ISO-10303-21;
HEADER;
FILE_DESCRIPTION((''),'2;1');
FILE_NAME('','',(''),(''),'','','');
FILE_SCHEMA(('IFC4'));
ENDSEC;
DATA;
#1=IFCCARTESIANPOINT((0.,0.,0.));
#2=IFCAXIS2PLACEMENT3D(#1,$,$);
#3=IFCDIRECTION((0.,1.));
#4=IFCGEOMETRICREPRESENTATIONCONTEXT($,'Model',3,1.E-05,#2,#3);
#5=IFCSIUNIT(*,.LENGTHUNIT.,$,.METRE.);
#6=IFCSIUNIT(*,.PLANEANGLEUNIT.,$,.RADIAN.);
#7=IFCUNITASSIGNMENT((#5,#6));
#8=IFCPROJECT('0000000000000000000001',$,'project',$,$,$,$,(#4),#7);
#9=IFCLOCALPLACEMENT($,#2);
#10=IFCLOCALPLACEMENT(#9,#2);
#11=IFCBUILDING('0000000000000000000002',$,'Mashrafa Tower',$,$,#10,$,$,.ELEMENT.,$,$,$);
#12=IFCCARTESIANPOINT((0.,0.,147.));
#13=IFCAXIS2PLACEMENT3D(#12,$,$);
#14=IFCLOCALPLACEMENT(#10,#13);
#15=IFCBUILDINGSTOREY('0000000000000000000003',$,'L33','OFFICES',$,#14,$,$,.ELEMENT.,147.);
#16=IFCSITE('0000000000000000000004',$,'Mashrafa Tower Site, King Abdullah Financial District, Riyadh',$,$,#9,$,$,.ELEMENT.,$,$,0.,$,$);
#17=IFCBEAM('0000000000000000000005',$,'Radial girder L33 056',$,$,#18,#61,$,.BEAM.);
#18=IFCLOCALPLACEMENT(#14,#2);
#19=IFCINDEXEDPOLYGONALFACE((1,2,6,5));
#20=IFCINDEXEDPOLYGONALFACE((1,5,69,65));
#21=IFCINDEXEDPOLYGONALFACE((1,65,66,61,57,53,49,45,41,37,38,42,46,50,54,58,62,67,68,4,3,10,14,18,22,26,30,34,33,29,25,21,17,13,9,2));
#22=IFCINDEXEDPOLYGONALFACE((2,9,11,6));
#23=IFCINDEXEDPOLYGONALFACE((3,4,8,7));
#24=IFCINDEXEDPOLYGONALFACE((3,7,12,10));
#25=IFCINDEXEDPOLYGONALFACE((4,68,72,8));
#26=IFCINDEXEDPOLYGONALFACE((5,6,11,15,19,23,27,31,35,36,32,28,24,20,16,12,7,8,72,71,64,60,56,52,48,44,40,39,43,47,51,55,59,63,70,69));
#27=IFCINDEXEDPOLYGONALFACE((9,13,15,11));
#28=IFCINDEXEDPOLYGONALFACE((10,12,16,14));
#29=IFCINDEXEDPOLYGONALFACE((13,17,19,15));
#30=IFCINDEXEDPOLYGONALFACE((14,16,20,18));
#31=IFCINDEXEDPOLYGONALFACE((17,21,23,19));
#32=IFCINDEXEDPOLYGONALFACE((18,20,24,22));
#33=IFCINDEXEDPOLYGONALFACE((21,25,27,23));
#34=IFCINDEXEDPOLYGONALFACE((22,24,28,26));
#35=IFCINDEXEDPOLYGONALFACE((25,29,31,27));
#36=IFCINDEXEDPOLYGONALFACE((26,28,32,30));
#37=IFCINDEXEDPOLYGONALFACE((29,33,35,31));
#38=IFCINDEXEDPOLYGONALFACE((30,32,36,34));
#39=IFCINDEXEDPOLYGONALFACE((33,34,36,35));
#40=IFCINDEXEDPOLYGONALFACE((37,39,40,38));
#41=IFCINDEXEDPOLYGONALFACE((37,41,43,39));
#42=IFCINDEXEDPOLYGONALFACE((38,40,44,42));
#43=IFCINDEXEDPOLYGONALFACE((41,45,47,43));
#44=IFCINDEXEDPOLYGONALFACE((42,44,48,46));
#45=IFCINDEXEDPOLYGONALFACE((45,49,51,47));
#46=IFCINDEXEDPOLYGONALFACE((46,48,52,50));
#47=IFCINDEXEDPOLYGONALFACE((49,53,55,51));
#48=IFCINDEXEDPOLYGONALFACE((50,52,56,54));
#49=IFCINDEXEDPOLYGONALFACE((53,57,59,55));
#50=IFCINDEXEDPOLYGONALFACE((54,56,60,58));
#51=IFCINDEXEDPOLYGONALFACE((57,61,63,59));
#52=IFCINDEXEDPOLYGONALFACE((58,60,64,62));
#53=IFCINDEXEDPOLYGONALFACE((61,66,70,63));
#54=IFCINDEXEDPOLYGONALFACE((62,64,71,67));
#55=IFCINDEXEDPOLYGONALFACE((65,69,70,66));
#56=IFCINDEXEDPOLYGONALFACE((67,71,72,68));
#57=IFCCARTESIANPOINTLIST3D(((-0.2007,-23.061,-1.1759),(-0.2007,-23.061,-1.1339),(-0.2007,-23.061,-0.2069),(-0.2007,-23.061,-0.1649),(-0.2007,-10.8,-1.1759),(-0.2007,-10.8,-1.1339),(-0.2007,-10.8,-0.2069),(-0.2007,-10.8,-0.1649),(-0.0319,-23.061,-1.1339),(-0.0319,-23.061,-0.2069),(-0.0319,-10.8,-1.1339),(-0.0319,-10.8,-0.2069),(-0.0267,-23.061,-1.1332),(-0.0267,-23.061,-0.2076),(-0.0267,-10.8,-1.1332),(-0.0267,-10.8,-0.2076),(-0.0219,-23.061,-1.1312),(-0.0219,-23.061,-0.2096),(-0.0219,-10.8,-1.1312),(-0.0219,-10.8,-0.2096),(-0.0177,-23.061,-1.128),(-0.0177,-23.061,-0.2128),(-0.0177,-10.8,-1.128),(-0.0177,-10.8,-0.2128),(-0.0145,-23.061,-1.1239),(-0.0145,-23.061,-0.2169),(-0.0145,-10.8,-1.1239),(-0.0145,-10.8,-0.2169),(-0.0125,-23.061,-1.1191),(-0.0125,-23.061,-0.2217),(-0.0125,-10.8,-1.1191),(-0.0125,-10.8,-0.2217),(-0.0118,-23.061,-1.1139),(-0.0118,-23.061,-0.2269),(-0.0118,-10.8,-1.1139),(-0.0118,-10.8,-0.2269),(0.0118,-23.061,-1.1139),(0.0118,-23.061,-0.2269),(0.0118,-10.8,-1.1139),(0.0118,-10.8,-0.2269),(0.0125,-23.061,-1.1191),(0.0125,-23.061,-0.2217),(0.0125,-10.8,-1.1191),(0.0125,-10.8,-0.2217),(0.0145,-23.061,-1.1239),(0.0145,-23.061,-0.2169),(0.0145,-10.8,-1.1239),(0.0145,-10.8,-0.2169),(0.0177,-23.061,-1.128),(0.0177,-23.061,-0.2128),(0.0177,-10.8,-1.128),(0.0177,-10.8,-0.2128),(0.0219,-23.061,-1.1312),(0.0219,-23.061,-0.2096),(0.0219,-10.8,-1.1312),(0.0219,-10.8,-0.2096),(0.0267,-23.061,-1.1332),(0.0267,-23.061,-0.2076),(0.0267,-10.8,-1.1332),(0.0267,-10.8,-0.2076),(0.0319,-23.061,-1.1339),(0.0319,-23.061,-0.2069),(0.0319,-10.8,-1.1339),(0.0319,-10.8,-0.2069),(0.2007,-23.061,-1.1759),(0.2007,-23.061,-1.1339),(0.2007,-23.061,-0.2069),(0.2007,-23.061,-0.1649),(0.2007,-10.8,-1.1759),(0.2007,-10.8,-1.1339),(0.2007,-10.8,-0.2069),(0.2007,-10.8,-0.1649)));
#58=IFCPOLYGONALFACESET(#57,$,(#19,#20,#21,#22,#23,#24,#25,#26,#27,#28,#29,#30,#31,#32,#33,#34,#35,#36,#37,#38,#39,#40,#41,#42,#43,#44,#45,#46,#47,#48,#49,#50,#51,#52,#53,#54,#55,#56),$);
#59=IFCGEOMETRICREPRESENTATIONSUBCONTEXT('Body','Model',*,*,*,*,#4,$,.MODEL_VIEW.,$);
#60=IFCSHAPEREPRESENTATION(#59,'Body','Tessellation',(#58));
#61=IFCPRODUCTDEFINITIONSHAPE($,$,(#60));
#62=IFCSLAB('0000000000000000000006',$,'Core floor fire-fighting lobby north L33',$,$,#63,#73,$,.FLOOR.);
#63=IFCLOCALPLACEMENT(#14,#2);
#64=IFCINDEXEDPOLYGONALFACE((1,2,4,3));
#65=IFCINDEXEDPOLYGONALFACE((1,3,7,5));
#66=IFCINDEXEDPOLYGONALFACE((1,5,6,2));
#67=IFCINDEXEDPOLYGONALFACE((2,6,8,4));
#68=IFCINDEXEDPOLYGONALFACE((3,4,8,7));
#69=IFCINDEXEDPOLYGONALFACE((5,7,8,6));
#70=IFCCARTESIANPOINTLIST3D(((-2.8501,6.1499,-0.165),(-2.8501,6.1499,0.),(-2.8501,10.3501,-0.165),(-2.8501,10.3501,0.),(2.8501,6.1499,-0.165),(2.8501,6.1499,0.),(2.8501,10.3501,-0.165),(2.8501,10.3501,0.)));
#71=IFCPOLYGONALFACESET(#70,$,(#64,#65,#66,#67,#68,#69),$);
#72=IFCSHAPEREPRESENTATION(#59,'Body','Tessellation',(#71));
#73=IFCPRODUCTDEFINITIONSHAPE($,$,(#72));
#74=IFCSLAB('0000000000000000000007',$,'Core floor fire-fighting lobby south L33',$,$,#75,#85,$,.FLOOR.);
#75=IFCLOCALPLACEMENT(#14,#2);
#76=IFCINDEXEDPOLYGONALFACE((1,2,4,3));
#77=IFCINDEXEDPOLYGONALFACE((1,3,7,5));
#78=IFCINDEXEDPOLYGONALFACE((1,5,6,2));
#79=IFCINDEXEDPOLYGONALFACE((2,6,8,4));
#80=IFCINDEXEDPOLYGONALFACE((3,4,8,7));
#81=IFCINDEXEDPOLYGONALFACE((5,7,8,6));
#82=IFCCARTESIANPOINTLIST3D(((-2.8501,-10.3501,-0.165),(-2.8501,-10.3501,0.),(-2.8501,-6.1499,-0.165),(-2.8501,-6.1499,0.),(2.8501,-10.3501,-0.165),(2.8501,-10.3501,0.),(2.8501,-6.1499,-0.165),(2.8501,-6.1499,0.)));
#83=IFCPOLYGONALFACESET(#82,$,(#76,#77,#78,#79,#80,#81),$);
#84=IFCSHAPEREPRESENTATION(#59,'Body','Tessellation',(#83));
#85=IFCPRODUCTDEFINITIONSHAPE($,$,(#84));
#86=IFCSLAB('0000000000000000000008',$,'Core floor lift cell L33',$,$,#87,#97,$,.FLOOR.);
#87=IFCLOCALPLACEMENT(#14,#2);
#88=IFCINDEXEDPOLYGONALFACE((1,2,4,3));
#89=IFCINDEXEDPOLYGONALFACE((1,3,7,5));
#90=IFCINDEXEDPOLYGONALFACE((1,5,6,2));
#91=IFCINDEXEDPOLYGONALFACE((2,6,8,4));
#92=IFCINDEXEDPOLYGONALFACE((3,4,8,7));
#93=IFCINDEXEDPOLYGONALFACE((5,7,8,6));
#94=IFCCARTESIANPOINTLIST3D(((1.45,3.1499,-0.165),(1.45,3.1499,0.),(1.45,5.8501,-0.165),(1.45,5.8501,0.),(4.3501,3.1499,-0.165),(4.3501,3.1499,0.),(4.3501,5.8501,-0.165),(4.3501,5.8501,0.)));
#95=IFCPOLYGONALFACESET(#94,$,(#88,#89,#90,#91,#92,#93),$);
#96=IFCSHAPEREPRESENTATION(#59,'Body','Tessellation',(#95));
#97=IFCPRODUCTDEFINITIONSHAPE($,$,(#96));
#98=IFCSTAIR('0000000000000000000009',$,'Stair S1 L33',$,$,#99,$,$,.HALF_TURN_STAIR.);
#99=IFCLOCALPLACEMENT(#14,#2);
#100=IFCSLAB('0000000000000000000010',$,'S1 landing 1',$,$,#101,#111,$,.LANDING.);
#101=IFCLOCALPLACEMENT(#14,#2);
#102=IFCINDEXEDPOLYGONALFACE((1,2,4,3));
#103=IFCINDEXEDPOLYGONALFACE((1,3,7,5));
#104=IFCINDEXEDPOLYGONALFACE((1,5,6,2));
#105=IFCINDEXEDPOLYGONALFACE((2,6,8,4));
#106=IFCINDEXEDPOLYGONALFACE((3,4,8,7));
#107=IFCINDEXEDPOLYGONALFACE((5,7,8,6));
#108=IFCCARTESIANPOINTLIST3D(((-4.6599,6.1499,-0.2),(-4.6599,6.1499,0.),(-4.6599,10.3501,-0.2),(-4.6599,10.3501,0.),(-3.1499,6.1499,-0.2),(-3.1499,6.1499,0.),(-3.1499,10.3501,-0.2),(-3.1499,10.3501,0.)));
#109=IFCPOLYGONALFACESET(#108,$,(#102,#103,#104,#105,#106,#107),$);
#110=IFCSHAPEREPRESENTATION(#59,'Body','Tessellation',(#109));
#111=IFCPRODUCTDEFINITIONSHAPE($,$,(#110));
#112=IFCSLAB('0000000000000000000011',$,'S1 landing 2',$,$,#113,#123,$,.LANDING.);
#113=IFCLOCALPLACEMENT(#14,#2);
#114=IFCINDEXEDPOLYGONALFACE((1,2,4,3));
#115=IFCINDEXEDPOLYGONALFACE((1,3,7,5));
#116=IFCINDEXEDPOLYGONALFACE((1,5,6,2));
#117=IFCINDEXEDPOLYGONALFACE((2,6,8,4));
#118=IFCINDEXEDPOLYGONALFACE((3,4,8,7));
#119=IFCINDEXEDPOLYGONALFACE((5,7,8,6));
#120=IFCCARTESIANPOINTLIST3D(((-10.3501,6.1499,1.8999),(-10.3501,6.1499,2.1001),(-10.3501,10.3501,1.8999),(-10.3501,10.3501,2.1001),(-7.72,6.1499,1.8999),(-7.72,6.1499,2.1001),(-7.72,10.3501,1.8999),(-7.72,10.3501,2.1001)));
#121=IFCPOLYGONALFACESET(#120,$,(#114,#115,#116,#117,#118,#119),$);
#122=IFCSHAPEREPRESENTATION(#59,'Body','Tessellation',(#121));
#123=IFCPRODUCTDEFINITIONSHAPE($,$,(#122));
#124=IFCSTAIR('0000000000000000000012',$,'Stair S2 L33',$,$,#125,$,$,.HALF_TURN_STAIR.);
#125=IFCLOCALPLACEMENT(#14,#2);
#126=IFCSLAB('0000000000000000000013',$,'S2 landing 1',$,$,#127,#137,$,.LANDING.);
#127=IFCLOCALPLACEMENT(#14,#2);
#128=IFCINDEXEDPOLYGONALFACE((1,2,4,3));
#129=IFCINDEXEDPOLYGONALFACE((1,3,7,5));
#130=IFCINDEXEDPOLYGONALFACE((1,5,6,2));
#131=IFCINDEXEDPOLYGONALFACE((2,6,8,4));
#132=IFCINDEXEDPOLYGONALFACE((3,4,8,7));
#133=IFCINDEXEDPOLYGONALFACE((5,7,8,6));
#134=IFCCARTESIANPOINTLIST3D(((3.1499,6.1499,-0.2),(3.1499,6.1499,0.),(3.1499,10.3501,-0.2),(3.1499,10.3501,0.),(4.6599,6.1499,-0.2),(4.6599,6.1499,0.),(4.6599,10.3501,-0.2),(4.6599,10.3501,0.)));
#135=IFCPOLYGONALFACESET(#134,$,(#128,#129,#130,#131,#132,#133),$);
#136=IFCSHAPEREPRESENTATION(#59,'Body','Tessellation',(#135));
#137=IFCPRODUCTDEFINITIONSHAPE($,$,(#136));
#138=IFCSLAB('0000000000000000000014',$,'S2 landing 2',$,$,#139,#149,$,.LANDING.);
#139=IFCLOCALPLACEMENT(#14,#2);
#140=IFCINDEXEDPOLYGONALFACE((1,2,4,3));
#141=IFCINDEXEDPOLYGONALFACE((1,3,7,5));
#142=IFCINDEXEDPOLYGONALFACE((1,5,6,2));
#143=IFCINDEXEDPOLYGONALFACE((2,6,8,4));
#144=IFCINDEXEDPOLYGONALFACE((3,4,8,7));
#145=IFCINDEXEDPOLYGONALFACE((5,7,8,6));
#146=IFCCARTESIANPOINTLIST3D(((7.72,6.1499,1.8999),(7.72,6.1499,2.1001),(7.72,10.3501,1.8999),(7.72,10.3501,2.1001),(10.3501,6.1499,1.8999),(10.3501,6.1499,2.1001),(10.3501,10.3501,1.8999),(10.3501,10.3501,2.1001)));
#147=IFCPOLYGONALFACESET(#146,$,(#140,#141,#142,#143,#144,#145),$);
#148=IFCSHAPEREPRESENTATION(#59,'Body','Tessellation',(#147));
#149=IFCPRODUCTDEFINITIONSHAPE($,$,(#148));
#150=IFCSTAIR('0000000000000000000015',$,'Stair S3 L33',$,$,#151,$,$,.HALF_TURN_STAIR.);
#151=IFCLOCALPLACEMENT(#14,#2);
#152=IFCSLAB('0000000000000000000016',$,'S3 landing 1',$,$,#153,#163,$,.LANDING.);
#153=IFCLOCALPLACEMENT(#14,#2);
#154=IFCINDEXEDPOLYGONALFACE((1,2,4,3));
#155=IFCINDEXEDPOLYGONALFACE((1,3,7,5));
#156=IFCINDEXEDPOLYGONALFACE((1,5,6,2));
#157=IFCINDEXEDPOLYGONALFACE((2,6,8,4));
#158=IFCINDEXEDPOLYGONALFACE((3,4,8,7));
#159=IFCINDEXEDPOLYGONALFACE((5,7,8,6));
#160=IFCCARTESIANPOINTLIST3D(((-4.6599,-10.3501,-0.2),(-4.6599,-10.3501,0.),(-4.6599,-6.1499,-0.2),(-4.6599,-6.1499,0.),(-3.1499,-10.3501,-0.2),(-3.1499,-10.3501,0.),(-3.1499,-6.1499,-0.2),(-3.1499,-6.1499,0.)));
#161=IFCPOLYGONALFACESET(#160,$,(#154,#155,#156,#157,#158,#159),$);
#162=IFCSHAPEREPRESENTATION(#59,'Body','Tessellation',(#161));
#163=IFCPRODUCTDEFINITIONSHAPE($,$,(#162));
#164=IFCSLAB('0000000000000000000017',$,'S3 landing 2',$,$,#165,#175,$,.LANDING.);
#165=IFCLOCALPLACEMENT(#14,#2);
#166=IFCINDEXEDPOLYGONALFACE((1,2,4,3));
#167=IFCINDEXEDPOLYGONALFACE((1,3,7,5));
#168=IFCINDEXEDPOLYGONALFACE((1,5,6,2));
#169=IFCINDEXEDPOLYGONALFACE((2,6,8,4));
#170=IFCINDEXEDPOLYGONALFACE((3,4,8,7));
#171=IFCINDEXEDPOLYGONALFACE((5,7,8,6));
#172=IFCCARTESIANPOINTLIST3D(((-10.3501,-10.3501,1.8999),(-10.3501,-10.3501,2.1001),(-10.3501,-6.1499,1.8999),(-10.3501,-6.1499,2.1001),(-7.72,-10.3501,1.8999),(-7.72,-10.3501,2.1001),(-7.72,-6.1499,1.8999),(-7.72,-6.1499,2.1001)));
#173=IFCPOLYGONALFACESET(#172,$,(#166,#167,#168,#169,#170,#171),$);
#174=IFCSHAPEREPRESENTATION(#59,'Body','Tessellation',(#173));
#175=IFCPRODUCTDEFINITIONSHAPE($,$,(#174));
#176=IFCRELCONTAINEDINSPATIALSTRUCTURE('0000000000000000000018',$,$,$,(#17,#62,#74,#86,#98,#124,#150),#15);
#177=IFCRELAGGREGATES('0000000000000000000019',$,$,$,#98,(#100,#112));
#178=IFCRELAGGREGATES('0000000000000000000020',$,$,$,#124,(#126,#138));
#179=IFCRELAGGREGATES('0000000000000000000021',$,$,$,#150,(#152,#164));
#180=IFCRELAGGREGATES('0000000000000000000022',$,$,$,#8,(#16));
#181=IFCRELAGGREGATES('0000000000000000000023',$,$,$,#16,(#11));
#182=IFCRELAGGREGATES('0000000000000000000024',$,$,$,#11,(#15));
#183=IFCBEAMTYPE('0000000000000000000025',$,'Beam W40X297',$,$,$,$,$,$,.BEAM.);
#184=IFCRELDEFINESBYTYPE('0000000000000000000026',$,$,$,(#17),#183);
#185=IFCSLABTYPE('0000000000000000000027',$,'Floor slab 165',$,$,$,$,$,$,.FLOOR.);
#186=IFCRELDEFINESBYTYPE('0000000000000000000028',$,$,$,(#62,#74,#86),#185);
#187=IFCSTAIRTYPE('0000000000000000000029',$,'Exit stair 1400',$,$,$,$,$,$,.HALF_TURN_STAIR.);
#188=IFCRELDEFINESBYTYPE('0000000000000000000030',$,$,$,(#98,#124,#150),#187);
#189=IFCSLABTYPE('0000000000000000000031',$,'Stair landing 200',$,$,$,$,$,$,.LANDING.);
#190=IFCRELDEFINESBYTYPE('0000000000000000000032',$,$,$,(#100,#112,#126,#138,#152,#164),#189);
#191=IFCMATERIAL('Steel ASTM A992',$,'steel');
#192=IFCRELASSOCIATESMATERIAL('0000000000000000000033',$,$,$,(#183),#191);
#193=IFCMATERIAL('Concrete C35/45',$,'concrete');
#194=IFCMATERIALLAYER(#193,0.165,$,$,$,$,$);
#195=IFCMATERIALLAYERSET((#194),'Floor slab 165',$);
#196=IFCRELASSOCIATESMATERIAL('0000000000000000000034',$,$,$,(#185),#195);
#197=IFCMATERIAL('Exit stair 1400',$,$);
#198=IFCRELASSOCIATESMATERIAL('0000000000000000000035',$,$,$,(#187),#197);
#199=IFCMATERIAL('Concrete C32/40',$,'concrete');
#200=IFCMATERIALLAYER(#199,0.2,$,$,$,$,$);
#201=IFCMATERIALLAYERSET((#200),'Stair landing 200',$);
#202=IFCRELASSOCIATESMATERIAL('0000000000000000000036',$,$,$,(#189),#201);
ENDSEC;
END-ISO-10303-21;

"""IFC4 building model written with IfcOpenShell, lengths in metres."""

from ifc_helpers import new_model, si_unit, direction, frame, origin, origin_2d, place, context, subcontext, project, spatial, polyline, i_section, outline, extrude, material, layer, layer_set, material_profile, profile_set, type_object, element, aggregate, save


model = new_model("IFC4")

# Units and contexts
model_context = context("Model", 3, precision=1e-05, world=origin(), true_north=direction((0.0, 1.0)))
body_context = subcontext(model_context, "Body", "Model", "MODEL_VIEW")
ifc_project = project(units=[si_unit("LENGTHUNIT", "METRE"), si_unit("PLANEANGLEUNIT", "RADIAN")], contexts=[model_context])

# Site, building, storey
site_placement = place(None, origin())
site = spatial("IfcSite", under=ifc_project, at=site_placement, Name="Mashrafa Tower Site, King Abdullah Financial District, Riyadh", CompositionType="ELEMENT", RefElevation=0.0)
building_placement = place(site_placement, origin())
building = spatial("IfcBuilding", under=site, at=building_placement, Name="Mashrafa Tower", CompositionType="ELEMENT")
storey_placement = place(building_placement, frame((0.0, 0.0, 147.0)))
storey = spatial("IfcBuildingStorey", under=building, at=storey_placement, Name="L33", Description="OFFICES", CompositionType="ELEMENT", Elevation=147.0)

# Beam
ifc_material_1 = material(Name="Steel ASTM A992", Category="steel")
ifc_material_profile = material_profile(ifc_material_1, i_section(OverallWidth=0.4014, OverallDepth=1.011, WebThickness=0.0237, FlangeThickness=0.042, FilletRadius=0.02, at=origin_2d()), Name="W40X297")
ifc_profile_set = profile_set([ifc_material_profile], Name="Steel ASTM A992")
beam_type = type_object("IfcBeamType", Name="Beam W40X297", PredefinedType="BEAM", material=ifc_profile_set)
beam_placement = place(storey_placement, frame((0.0, -10.8, -0.6704), z_axis=(0.0, -1.0, 0.0), x_axis=(1.0, 0.0, 0.0)))
element("IfcBeam", 1, at=beam_placement, inside=storey, type_object=beam_type, Name="Radial girder L33 056", PredefinedType="BEAM", context=body_context, shape_type="SweptSolid", body=[
    extrude(i_section(OverallWidth=0.4014, OverallDepth=1.011, WebThickness=0.0237, FlangeThickness=0.042, FilletRadius=0.02, at=origin_2d()), origin(), (0.0, 0.0, 1.0), 12.261),
])

# Slabs
ifc_material_2 = material(Name="Concrete C35/45", Category="concrete")
ifc_layer_1 = layer(ifc_material_2, 0.165)
ifc_layer_set_1 = layer_set([ifc_layer_1], Name="Floor slab 165")
slab_type_1 = type_object("IfcSlabType", Name="Floor slab 165", PredefinedType="FLOOR", material=ifc_layer_set_1)
slab_1_placement = place(storey_placement, frame((0.0, 0.0, -0.165)))
element("IfcSlab", 2, at=slab_1_placement, inside=storey, type_object=slab_type_1, Name="Core floor fire-fighting lobby north L33", PredefinedType="FLOOR", context=body_context, shape_type="SweptSolid", body=[
    extrude(outline(polyline([(-2.8501, 10.3501), (2.8501, 10.3501), (2.8501, 6.1499), (-2.8501, 6.1499), (-2.8501, 10.3501)])), origin(), (0.0, 0.0, 1.0), 0.165),
])
slab_2_placement = place(storey_placement, frame((0.0, 0.0, -0.165)))
element("IfcSlab", 3, at=slab_2_placement, inside=storey, type_object=slab_type_1, Name="Core floor fire-fighting lobby south L33", PredefinedType="FLOOR", context=body_context, shape_type="SweptSolid", body=[
    extrude(outline(polyline([(2.8501, -6.1499), (2.8501, -10.3501), (-2.8501, -10.3501), (-2.8501, -6.1499), (2.8501, -6.1499)])), origin(), (0.0, 0.0, 1.0), 0.165),
])
slab_3_placement = place(storey_placement, frame((0.0, 0.0, -0.165)))
element("IfcSlab", 4, at=slab_3_placement, inside=storey, type_object=slab_type_1, Name="Core floor lift cell L33", PredefinedType="FLOOR", context=body_context, shape_type="SweptSolid", body=[
    extrude(outline(polyline([(4.3501, 5.8501), (4.3501, 3.1499), (1.45, 3.1499), (1.45, 5.8501), (4.3501, 5.8501)])), origin(), (0.0, 0.0, 1.0), 0.165),
])

# Stairs, slabs
ifc_material_3 = material(Name="Exit stair 1400")
stair_type = type_object("IfcStairType", Name="Exit stair 1400", PredefinedType="HALF_TURN_STAIR", material=ifc_material_3)
stair_1_placement = place(storey_placement, origin())
stair_1 = element("IfcStair", 5, at=stair_1_placement, inside=storey, type_object=stair_type, Name="Stair S1 L33", PredefinedType="HALF_TURN_STAIR")
ifc_material_4 = material(Name="Concrete C32/40", Category="concrete")
ifc_layer_2 = layer(ifc_material_4, 0.2)
ifc_layer_set_2 = layer_set([ifc_layer_2], Name="Stair landing 200")
slab_type_2 = type_object("IfcSlabType", Name="Stair landing 200", PredefinedType="LANDING", material=ifc_layer_set_2)
slab_4_placement = place(storey_placement, frame((0.0, 0.0, -0.2)))
slab_4 = element("IfcSlab", 6, at=slab_4_placement, type_object=slab_type_2, Name="S1 landing 1", PredefinedType="LANDING", context=body_context, shape_type="SweptSolid", body=[
    extrude(outline(polyline([(-4.6599, 6.1499), (-3.1499, 6.1499), (-3.1499, 10.3501), (-4.6599, 10.3501), (-4.6599, 6.1499)])), origin(), (0.0, 0.0, 1.0), 0.2),
])
slab_5_placement = place(storey_placement, frame((0.0, 0.0, 1.8999)))
slab_5 = element("IfcSlab", 7, at=slab_5_placement, type_object=slab_type_2, Name="S1 landing 2", PredefinedType="LANDING", context=body_context, shape_type="SweptSolid", body=[
    extrude(outline(polyline([(-10.3501, 6.1499), (-7.72, 6.1499), (-7.72, 10.3501), (-10.3501, 10.3501), (-10.3501, 6.1499)])), origin(), (0.0, 0.0, 1.0), 0.2002),
])
aggregate(stair_1, [slab_4, slab_5])
stair_2_placement = place(storey_placement, origin())
stair_2 = element("IfcStair", 8, at=stair_2_placement, inside=storey, type_object=stair_type, Name="Stair S2 L33", PredefinedType="HALF_TURN_STAIR")
slab_6_placement = place(storey_placement, frame((0.0, 0.0, -0.2)))
slab_6 = element("IfcSlab", 9, at=slab_6_placement, type_object=slab_type_2, Name="S2 landing 1", PredefinedType="LANDING", context=body_context, shape_type="SweptSolid", body=[
    extrude(outline(polyline([(3.1499, 6.1499), (4.6599, 6.1499), (4.6599, 10.3501), (3.1499, 10.3501), (3.1499, 6.1499)])), origin(), (0.0, 0.0, 1.0), 0.2),
])
slab_7_placement = place(storey_placement, frame((0.0, 0.0, 1.8999)))
slab_7 = element("IfcSlab", 10, at=slab_7_placement, type_object=slab_type_2, Name="S2 landing 2", PredefinedType="LANDING", context=body_context, shape_type="SweptSolid", body=[
    extrude(outline(polyline([(7.72, 6.1499), (10.3501, 6.1499), (10.3501, 10.3501), (7.72, 10.3501), (7.72, 6.1499)])), origin(), (0.0, 0.0, 1.0), 0.2002),
])
aggregate(stair_2, [slab_6, slab_7])
stair_3_placement = place(storey_placement, origin())
stair_3 = element("IfcStair", 11, at=stair_3_placement, inside=storey, type_object=stair_type, Name="Stair S3 L33", PredefinedType="HALF_TURN_STAIR")
slab_8_placement = place(storey_placement, frame((0.0, 0.0, -0.2)))
slab_8 = element("IfcSlab", 12, at=slab_8_placement, type_object=slab_type_2, Name="S3 landing 1", PredefinedType="LANDING", context=body_context, shape_type="SweptSolid", body=[
    extrude(outline(polyline([(-4.6599, -10.3501), (-3.1499, -10.3501), (-3.1499, -6.1499), (-4.6599, -6.1499), (-4.6599, -10.3501)])), origin(), (0.0, 0.0, 1.0), 0.2),
])
slab_9_placement = place(storey_placement, frame((0.0, 0.0, 1.8999)))
slab_9 = element("IfcSlab", 13, at=slab_9_placement, type_object=slab_type_2, Name="S3 landing 2", PredefinedType="LANDING", context=body_context, shape_type="SweptSolid", body=[
    extrude(outline(polyline([(-10.3501, -10.3501), (-7.72, -10.3501), (-7.72, -6.1499), (-10.3501, -6.1499), (-10.3501, -10.3501)])), origin(), (0.0, 0.0, 1.0), 0.2002),
])
aggregate(stair_3, [slab_8, slab_9])

save(model, "model.ifc")
